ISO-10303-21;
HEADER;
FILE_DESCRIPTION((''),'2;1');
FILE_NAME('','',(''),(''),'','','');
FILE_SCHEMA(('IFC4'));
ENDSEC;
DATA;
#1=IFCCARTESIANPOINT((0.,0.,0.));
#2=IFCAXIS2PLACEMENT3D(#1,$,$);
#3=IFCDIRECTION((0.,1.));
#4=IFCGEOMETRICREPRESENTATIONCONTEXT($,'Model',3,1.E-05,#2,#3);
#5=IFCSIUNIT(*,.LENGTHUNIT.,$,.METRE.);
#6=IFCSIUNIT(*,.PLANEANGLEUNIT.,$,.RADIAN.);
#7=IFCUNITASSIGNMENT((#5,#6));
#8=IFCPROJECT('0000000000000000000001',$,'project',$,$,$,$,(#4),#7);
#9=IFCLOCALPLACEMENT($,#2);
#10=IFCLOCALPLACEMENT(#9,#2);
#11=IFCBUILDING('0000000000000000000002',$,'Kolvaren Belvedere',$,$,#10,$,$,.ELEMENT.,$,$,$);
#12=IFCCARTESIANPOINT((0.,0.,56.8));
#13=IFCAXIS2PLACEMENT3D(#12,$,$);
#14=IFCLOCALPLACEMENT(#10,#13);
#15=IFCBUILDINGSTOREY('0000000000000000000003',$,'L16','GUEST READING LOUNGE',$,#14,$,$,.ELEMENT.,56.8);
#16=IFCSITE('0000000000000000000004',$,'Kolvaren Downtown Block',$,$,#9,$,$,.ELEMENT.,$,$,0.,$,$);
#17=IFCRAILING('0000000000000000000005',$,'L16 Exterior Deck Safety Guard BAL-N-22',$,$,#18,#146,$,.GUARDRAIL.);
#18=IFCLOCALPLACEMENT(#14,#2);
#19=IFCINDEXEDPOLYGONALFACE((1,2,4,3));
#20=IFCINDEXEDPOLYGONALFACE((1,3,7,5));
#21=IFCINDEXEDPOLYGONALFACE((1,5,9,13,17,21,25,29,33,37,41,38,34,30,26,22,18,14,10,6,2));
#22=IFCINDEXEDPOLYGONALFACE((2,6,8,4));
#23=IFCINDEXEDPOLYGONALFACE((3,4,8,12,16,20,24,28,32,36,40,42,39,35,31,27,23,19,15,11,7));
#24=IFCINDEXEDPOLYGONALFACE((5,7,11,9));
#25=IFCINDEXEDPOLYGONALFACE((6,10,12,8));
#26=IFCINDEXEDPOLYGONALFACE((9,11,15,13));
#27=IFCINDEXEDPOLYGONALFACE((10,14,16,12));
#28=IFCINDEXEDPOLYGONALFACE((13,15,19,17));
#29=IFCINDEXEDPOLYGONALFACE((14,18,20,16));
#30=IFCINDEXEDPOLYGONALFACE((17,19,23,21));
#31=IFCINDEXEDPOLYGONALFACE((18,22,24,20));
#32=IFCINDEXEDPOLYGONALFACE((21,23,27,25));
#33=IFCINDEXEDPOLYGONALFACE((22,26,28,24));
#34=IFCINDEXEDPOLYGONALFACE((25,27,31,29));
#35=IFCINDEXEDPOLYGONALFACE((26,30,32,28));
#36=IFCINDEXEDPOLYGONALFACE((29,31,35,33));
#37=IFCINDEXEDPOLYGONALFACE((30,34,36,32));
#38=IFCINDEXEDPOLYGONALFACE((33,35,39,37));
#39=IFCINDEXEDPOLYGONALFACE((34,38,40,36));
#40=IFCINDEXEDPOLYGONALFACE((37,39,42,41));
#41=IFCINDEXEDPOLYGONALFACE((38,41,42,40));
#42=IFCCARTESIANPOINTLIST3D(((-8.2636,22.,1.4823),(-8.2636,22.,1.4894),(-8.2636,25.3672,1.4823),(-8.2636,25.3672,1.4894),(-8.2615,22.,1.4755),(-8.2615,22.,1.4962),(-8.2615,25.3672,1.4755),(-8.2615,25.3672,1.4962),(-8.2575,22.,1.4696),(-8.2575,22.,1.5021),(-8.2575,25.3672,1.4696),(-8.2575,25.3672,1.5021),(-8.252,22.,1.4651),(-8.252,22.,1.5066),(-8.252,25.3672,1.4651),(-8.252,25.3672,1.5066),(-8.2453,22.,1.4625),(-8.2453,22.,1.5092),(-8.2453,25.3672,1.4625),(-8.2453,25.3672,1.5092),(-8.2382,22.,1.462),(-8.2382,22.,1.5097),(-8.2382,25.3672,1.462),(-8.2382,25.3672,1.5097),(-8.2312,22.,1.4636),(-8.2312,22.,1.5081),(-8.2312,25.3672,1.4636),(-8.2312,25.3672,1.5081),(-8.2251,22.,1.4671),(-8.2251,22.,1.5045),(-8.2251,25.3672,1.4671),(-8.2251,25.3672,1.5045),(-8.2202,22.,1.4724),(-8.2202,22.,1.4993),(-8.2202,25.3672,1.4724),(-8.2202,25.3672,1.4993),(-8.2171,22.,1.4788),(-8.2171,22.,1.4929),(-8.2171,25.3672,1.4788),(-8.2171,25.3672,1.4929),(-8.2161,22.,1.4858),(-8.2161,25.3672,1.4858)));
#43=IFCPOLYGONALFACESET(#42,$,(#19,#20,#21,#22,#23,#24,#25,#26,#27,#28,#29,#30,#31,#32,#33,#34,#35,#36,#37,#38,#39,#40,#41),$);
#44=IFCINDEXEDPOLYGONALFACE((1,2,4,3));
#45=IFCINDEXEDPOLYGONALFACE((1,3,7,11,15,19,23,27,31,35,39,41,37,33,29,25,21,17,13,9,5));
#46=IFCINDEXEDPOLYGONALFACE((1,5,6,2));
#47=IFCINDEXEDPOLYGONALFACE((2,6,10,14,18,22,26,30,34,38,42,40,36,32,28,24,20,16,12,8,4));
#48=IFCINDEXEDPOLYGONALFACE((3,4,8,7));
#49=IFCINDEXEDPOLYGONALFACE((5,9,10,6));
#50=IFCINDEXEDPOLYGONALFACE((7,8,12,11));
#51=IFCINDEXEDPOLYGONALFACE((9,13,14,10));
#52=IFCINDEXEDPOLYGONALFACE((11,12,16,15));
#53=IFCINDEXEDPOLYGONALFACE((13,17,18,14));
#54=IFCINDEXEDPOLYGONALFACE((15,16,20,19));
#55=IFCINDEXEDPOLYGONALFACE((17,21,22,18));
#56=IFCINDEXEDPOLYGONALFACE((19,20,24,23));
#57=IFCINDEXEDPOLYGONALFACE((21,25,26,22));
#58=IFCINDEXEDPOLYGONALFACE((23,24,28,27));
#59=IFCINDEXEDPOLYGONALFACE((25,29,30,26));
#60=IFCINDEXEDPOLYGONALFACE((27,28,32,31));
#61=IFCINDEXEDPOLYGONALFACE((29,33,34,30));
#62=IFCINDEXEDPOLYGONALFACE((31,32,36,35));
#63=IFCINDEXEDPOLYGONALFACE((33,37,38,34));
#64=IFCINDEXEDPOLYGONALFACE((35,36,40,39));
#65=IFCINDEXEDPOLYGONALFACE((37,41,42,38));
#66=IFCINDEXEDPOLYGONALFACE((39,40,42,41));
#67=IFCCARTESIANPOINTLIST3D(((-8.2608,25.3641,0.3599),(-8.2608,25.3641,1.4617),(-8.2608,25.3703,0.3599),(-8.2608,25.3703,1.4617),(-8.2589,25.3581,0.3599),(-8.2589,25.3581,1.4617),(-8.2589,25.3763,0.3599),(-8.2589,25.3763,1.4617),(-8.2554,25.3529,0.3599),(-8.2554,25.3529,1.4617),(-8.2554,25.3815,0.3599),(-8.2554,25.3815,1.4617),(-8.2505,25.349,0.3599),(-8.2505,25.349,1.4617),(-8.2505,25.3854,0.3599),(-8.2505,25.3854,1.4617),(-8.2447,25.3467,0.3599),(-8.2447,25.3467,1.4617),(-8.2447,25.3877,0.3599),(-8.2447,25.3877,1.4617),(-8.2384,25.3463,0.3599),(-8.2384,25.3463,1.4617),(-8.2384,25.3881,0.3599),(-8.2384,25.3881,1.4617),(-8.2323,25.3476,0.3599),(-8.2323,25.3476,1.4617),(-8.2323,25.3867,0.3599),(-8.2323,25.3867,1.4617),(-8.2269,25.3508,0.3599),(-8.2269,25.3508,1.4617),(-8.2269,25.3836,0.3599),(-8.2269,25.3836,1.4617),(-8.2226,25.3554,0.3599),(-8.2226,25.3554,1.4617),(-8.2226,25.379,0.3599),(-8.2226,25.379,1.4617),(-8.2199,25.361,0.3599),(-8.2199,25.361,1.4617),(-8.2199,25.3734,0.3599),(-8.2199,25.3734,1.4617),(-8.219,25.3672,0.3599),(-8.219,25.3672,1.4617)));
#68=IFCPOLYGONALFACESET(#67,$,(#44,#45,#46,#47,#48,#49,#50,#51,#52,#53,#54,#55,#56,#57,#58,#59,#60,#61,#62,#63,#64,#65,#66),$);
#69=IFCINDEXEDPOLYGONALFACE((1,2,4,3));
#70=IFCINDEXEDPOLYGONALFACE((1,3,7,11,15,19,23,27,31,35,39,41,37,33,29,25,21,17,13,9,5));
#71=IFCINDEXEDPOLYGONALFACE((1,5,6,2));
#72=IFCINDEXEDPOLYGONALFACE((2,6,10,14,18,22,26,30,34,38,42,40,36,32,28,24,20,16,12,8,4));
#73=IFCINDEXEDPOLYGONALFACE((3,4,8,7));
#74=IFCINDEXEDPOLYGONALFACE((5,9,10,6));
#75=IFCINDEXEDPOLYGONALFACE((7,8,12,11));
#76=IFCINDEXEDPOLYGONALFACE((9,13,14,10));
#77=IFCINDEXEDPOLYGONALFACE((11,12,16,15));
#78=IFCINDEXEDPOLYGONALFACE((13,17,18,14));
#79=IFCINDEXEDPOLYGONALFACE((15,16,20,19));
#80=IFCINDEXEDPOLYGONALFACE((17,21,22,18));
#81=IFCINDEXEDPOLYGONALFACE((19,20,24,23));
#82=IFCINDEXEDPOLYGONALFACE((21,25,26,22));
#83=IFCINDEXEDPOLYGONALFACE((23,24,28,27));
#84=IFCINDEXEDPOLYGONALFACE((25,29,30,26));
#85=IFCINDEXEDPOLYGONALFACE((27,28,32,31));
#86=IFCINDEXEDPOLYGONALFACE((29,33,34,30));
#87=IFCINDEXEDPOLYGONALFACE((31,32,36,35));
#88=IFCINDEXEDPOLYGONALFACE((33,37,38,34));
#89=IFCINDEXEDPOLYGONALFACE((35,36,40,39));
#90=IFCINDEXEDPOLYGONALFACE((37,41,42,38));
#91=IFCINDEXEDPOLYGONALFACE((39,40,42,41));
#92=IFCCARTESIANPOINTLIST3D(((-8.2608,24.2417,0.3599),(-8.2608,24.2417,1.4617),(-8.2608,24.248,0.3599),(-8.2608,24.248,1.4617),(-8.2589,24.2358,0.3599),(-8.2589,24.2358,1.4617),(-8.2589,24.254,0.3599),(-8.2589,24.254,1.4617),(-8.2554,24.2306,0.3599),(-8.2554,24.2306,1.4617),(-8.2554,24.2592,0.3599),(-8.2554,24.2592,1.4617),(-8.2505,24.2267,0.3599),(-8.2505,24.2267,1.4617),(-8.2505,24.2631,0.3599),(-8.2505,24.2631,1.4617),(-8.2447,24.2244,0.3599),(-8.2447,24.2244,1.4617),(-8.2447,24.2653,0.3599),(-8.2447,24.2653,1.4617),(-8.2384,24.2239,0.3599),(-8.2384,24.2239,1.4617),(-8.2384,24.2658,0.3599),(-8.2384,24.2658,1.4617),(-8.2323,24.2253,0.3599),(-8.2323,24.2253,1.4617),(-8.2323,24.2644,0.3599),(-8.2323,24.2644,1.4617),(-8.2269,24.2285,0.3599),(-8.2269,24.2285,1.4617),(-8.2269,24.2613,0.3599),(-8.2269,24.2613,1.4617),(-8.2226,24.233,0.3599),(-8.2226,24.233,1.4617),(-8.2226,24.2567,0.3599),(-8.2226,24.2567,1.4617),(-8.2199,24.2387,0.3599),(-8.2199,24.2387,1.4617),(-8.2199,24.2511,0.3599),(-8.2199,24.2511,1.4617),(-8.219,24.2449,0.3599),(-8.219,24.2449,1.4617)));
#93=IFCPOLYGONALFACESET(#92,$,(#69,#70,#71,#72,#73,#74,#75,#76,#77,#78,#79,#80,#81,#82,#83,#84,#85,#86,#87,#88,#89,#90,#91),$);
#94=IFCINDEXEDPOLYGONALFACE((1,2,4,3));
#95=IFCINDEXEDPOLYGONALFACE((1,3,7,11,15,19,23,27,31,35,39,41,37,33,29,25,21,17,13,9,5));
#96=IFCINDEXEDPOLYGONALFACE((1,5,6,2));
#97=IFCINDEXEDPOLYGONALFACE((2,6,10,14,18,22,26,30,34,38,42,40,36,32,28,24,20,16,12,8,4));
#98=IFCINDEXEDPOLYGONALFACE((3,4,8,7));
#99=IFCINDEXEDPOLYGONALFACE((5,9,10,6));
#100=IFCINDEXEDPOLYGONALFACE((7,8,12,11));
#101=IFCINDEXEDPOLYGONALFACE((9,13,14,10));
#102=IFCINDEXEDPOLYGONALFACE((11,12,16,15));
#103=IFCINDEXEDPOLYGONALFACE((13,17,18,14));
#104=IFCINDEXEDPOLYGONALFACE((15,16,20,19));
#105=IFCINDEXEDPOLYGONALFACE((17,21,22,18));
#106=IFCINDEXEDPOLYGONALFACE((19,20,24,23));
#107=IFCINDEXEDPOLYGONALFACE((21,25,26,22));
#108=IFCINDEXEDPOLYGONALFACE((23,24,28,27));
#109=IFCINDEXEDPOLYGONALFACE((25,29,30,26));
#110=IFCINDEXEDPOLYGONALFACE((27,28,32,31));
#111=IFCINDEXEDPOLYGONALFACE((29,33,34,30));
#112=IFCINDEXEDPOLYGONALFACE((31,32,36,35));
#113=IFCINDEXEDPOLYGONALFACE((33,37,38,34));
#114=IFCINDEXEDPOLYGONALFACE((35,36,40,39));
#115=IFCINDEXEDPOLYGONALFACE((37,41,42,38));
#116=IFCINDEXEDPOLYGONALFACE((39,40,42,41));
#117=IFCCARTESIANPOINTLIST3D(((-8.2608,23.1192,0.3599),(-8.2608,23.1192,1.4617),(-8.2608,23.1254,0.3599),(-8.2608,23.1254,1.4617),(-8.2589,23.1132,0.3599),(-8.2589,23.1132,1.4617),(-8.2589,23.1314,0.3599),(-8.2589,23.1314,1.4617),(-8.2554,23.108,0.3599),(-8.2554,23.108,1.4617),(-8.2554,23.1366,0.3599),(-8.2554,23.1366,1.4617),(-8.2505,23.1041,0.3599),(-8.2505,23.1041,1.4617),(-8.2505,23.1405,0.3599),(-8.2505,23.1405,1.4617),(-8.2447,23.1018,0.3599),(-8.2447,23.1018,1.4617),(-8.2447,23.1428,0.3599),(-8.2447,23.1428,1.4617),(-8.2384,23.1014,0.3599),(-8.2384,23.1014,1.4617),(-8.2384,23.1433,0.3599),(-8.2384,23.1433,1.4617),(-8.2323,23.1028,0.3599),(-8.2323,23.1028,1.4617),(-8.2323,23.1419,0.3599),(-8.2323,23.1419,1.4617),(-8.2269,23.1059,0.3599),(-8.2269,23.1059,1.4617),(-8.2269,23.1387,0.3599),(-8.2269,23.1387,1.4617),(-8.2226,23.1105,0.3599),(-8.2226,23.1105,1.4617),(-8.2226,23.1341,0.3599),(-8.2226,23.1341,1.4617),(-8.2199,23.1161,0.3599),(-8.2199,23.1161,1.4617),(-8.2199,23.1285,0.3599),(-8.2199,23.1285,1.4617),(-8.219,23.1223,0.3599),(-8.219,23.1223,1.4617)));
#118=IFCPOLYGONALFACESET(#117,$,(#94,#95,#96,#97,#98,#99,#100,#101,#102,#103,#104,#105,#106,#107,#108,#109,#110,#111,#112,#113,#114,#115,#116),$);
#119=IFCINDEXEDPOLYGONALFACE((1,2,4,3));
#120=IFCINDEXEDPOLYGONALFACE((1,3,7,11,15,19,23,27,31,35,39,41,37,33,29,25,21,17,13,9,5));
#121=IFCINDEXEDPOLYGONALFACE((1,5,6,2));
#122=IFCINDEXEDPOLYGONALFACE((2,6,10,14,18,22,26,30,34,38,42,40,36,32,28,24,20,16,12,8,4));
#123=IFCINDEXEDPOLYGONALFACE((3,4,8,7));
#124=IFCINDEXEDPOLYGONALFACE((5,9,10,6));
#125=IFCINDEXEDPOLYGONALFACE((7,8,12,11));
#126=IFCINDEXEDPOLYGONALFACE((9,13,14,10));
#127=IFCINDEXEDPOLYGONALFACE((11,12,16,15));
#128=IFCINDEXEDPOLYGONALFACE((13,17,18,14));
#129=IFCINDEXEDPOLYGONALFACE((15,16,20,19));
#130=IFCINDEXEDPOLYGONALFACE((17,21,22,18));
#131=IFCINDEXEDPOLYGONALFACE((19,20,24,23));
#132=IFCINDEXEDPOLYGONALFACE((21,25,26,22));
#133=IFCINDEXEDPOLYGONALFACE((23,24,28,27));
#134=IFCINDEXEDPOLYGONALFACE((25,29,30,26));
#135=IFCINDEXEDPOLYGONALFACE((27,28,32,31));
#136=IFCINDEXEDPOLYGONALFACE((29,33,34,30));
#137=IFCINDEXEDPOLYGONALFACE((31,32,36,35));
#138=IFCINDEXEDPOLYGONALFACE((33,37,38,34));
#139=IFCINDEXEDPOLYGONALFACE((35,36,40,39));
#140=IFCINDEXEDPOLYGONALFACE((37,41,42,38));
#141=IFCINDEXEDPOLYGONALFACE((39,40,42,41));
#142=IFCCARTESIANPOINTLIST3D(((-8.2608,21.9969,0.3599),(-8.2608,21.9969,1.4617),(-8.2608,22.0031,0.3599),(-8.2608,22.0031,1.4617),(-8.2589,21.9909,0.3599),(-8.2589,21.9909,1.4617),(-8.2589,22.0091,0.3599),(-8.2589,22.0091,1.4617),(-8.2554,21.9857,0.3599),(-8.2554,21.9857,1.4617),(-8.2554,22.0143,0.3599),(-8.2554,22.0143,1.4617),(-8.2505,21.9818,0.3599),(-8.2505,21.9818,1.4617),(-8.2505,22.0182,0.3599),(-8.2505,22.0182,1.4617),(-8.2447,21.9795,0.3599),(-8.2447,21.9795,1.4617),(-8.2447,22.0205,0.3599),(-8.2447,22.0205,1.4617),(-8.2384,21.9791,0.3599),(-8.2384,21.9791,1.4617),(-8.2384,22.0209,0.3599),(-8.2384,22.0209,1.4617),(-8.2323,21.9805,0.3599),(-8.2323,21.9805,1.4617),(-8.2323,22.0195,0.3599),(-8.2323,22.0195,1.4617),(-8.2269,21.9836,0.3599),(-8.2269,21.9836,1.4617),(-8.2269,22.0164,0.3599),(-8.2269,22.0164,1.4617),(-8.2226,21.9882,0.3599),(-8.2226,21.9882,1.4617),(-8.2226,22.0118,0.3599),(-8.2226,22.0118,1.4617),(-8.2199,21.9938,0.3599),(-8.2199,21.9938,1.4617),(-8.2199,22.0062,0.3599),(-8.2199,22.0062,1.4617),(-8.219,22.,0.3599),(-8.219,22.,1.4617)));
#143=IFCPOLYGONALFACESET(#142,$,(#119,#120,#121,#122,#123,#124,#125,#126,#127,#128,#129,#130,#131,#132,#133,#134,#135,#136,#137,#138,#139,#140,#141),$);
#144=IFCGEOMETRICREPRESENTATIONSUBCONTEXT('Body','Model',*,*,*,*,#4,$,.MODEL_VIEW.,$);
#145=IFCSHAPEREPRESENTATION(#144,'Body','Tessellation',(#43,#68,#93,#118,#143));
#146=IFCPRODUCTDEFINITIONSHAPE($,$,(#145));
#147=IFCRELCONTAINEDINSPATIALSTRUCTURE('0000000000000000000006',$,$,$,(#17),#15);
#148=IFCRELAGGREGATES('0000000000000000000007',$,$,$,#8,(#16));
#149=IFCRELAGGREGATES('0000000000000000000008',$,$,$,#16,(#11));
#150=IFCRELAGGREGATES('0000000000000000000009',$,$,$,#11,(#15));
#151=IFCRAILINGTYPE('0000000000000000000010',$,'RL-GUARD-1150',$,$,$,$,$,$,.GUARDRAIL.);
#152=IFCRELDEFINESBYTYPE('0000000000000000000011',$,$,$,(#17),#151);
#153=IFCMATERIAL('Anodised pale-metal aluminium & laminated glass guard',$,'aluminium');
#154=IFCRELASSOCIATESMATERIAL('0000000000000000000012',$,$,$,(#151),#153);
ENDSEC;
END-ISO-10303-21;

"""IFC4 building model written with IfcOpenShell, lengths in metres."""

from ifc_helpers import new_model, si_unit, direction, frame, origin, origin_2d, place, context, subcontext, project, spatial, circle, extrude, material, type_object, element, save


model = new_model("IFC4")

# Units and contexts
model_context = context("Model", 3, precision=1e-05, world=origin(), true_north=direction((0.0, 1.0)))
body_context = subcontext(model_context, "Body", "Model", "MODEL_VIEW")
ifc_project = project(units=[si_unit("LENGTHUNIT", "METRE"), si_unit("PLANEANGLEUNIT", "RADIAN")], contexts=[model_context])

# Site, building, storey
site_placement = place(None, origin())
site = spatial("IfcSite", under=ifc_project, at=site_placement, Name="Kolvaren Downtown Block", CompositionType="ELEMENT", RefElevation=0.0)
building_placement = place(site_placement, origin())
building = spatial("IfcBuilding", under=site, at=building_placement, Name="Kolvaren Belvedere", CompositionType="ELEMENT")
storey_placement = place(building_placement, frame((0.0, 0.0, 56.8)))
storey = spatial("IfcBuildingStorey", under=building, at=storey_placement, Name="L16", Description="GUEST READING LOUNGE", CompositionType="ELEMENT", Elevation=56.8)

# Railing
ifc_material_1 = material(Name="Anodised pale-metal aluminium & laminated glass guard", Category="aluminium")
railing_type = type_object("IfcRailingType", Name="RL-GUARD-1150", PredefinedType="GUARDRAIL", material=ifc_material_1)
railing_1_placement = place(storey_placement, frame((-8.24, 25.3672, 0.3599)))
element("IfcRailing", 1, at=railing_1_placement, inside=storey, type_object=railing_type, Name="L16 Exterior Deck Safety Guard BAL-N-22", PredefinedType="GUARDRAIL", context=body_context, shape_type="SweptSolid", body=[
    extrude(circle(Radius=0.0239, at=origin_2d()), frame((0.0, 0.0, 1.126), z_axis=(0.0, -1.0, 0.0), x_axis=(1.0, 0.0, 0.0)), (0.0, 0.0, 1.0), 3.3672),
    extrude(circle(Radius=0.021, at=origin_2d()), origin(), (0.0, 0.0, 1.0), 1.1018),
    extrude(circle(Radius=0.021, at=origin_2d()), frame((0.0, -1.1223, 0.0)), (0.0, 0.0, 1.0), 1.1018),
    extrude(circle(Radius=0.021, at=origin_2d()), frame((0.0, -2.2449, 0.0)), (0.0, 0.0, 1.0), 1.1018),
    extrude(circle(Radius=0.021, at=origin_2d()), frame((0.0, -3.3672, 0.0)), (0.0, 0.0, 1.0), 1.1018),
])

save(model, "model.ifc")
